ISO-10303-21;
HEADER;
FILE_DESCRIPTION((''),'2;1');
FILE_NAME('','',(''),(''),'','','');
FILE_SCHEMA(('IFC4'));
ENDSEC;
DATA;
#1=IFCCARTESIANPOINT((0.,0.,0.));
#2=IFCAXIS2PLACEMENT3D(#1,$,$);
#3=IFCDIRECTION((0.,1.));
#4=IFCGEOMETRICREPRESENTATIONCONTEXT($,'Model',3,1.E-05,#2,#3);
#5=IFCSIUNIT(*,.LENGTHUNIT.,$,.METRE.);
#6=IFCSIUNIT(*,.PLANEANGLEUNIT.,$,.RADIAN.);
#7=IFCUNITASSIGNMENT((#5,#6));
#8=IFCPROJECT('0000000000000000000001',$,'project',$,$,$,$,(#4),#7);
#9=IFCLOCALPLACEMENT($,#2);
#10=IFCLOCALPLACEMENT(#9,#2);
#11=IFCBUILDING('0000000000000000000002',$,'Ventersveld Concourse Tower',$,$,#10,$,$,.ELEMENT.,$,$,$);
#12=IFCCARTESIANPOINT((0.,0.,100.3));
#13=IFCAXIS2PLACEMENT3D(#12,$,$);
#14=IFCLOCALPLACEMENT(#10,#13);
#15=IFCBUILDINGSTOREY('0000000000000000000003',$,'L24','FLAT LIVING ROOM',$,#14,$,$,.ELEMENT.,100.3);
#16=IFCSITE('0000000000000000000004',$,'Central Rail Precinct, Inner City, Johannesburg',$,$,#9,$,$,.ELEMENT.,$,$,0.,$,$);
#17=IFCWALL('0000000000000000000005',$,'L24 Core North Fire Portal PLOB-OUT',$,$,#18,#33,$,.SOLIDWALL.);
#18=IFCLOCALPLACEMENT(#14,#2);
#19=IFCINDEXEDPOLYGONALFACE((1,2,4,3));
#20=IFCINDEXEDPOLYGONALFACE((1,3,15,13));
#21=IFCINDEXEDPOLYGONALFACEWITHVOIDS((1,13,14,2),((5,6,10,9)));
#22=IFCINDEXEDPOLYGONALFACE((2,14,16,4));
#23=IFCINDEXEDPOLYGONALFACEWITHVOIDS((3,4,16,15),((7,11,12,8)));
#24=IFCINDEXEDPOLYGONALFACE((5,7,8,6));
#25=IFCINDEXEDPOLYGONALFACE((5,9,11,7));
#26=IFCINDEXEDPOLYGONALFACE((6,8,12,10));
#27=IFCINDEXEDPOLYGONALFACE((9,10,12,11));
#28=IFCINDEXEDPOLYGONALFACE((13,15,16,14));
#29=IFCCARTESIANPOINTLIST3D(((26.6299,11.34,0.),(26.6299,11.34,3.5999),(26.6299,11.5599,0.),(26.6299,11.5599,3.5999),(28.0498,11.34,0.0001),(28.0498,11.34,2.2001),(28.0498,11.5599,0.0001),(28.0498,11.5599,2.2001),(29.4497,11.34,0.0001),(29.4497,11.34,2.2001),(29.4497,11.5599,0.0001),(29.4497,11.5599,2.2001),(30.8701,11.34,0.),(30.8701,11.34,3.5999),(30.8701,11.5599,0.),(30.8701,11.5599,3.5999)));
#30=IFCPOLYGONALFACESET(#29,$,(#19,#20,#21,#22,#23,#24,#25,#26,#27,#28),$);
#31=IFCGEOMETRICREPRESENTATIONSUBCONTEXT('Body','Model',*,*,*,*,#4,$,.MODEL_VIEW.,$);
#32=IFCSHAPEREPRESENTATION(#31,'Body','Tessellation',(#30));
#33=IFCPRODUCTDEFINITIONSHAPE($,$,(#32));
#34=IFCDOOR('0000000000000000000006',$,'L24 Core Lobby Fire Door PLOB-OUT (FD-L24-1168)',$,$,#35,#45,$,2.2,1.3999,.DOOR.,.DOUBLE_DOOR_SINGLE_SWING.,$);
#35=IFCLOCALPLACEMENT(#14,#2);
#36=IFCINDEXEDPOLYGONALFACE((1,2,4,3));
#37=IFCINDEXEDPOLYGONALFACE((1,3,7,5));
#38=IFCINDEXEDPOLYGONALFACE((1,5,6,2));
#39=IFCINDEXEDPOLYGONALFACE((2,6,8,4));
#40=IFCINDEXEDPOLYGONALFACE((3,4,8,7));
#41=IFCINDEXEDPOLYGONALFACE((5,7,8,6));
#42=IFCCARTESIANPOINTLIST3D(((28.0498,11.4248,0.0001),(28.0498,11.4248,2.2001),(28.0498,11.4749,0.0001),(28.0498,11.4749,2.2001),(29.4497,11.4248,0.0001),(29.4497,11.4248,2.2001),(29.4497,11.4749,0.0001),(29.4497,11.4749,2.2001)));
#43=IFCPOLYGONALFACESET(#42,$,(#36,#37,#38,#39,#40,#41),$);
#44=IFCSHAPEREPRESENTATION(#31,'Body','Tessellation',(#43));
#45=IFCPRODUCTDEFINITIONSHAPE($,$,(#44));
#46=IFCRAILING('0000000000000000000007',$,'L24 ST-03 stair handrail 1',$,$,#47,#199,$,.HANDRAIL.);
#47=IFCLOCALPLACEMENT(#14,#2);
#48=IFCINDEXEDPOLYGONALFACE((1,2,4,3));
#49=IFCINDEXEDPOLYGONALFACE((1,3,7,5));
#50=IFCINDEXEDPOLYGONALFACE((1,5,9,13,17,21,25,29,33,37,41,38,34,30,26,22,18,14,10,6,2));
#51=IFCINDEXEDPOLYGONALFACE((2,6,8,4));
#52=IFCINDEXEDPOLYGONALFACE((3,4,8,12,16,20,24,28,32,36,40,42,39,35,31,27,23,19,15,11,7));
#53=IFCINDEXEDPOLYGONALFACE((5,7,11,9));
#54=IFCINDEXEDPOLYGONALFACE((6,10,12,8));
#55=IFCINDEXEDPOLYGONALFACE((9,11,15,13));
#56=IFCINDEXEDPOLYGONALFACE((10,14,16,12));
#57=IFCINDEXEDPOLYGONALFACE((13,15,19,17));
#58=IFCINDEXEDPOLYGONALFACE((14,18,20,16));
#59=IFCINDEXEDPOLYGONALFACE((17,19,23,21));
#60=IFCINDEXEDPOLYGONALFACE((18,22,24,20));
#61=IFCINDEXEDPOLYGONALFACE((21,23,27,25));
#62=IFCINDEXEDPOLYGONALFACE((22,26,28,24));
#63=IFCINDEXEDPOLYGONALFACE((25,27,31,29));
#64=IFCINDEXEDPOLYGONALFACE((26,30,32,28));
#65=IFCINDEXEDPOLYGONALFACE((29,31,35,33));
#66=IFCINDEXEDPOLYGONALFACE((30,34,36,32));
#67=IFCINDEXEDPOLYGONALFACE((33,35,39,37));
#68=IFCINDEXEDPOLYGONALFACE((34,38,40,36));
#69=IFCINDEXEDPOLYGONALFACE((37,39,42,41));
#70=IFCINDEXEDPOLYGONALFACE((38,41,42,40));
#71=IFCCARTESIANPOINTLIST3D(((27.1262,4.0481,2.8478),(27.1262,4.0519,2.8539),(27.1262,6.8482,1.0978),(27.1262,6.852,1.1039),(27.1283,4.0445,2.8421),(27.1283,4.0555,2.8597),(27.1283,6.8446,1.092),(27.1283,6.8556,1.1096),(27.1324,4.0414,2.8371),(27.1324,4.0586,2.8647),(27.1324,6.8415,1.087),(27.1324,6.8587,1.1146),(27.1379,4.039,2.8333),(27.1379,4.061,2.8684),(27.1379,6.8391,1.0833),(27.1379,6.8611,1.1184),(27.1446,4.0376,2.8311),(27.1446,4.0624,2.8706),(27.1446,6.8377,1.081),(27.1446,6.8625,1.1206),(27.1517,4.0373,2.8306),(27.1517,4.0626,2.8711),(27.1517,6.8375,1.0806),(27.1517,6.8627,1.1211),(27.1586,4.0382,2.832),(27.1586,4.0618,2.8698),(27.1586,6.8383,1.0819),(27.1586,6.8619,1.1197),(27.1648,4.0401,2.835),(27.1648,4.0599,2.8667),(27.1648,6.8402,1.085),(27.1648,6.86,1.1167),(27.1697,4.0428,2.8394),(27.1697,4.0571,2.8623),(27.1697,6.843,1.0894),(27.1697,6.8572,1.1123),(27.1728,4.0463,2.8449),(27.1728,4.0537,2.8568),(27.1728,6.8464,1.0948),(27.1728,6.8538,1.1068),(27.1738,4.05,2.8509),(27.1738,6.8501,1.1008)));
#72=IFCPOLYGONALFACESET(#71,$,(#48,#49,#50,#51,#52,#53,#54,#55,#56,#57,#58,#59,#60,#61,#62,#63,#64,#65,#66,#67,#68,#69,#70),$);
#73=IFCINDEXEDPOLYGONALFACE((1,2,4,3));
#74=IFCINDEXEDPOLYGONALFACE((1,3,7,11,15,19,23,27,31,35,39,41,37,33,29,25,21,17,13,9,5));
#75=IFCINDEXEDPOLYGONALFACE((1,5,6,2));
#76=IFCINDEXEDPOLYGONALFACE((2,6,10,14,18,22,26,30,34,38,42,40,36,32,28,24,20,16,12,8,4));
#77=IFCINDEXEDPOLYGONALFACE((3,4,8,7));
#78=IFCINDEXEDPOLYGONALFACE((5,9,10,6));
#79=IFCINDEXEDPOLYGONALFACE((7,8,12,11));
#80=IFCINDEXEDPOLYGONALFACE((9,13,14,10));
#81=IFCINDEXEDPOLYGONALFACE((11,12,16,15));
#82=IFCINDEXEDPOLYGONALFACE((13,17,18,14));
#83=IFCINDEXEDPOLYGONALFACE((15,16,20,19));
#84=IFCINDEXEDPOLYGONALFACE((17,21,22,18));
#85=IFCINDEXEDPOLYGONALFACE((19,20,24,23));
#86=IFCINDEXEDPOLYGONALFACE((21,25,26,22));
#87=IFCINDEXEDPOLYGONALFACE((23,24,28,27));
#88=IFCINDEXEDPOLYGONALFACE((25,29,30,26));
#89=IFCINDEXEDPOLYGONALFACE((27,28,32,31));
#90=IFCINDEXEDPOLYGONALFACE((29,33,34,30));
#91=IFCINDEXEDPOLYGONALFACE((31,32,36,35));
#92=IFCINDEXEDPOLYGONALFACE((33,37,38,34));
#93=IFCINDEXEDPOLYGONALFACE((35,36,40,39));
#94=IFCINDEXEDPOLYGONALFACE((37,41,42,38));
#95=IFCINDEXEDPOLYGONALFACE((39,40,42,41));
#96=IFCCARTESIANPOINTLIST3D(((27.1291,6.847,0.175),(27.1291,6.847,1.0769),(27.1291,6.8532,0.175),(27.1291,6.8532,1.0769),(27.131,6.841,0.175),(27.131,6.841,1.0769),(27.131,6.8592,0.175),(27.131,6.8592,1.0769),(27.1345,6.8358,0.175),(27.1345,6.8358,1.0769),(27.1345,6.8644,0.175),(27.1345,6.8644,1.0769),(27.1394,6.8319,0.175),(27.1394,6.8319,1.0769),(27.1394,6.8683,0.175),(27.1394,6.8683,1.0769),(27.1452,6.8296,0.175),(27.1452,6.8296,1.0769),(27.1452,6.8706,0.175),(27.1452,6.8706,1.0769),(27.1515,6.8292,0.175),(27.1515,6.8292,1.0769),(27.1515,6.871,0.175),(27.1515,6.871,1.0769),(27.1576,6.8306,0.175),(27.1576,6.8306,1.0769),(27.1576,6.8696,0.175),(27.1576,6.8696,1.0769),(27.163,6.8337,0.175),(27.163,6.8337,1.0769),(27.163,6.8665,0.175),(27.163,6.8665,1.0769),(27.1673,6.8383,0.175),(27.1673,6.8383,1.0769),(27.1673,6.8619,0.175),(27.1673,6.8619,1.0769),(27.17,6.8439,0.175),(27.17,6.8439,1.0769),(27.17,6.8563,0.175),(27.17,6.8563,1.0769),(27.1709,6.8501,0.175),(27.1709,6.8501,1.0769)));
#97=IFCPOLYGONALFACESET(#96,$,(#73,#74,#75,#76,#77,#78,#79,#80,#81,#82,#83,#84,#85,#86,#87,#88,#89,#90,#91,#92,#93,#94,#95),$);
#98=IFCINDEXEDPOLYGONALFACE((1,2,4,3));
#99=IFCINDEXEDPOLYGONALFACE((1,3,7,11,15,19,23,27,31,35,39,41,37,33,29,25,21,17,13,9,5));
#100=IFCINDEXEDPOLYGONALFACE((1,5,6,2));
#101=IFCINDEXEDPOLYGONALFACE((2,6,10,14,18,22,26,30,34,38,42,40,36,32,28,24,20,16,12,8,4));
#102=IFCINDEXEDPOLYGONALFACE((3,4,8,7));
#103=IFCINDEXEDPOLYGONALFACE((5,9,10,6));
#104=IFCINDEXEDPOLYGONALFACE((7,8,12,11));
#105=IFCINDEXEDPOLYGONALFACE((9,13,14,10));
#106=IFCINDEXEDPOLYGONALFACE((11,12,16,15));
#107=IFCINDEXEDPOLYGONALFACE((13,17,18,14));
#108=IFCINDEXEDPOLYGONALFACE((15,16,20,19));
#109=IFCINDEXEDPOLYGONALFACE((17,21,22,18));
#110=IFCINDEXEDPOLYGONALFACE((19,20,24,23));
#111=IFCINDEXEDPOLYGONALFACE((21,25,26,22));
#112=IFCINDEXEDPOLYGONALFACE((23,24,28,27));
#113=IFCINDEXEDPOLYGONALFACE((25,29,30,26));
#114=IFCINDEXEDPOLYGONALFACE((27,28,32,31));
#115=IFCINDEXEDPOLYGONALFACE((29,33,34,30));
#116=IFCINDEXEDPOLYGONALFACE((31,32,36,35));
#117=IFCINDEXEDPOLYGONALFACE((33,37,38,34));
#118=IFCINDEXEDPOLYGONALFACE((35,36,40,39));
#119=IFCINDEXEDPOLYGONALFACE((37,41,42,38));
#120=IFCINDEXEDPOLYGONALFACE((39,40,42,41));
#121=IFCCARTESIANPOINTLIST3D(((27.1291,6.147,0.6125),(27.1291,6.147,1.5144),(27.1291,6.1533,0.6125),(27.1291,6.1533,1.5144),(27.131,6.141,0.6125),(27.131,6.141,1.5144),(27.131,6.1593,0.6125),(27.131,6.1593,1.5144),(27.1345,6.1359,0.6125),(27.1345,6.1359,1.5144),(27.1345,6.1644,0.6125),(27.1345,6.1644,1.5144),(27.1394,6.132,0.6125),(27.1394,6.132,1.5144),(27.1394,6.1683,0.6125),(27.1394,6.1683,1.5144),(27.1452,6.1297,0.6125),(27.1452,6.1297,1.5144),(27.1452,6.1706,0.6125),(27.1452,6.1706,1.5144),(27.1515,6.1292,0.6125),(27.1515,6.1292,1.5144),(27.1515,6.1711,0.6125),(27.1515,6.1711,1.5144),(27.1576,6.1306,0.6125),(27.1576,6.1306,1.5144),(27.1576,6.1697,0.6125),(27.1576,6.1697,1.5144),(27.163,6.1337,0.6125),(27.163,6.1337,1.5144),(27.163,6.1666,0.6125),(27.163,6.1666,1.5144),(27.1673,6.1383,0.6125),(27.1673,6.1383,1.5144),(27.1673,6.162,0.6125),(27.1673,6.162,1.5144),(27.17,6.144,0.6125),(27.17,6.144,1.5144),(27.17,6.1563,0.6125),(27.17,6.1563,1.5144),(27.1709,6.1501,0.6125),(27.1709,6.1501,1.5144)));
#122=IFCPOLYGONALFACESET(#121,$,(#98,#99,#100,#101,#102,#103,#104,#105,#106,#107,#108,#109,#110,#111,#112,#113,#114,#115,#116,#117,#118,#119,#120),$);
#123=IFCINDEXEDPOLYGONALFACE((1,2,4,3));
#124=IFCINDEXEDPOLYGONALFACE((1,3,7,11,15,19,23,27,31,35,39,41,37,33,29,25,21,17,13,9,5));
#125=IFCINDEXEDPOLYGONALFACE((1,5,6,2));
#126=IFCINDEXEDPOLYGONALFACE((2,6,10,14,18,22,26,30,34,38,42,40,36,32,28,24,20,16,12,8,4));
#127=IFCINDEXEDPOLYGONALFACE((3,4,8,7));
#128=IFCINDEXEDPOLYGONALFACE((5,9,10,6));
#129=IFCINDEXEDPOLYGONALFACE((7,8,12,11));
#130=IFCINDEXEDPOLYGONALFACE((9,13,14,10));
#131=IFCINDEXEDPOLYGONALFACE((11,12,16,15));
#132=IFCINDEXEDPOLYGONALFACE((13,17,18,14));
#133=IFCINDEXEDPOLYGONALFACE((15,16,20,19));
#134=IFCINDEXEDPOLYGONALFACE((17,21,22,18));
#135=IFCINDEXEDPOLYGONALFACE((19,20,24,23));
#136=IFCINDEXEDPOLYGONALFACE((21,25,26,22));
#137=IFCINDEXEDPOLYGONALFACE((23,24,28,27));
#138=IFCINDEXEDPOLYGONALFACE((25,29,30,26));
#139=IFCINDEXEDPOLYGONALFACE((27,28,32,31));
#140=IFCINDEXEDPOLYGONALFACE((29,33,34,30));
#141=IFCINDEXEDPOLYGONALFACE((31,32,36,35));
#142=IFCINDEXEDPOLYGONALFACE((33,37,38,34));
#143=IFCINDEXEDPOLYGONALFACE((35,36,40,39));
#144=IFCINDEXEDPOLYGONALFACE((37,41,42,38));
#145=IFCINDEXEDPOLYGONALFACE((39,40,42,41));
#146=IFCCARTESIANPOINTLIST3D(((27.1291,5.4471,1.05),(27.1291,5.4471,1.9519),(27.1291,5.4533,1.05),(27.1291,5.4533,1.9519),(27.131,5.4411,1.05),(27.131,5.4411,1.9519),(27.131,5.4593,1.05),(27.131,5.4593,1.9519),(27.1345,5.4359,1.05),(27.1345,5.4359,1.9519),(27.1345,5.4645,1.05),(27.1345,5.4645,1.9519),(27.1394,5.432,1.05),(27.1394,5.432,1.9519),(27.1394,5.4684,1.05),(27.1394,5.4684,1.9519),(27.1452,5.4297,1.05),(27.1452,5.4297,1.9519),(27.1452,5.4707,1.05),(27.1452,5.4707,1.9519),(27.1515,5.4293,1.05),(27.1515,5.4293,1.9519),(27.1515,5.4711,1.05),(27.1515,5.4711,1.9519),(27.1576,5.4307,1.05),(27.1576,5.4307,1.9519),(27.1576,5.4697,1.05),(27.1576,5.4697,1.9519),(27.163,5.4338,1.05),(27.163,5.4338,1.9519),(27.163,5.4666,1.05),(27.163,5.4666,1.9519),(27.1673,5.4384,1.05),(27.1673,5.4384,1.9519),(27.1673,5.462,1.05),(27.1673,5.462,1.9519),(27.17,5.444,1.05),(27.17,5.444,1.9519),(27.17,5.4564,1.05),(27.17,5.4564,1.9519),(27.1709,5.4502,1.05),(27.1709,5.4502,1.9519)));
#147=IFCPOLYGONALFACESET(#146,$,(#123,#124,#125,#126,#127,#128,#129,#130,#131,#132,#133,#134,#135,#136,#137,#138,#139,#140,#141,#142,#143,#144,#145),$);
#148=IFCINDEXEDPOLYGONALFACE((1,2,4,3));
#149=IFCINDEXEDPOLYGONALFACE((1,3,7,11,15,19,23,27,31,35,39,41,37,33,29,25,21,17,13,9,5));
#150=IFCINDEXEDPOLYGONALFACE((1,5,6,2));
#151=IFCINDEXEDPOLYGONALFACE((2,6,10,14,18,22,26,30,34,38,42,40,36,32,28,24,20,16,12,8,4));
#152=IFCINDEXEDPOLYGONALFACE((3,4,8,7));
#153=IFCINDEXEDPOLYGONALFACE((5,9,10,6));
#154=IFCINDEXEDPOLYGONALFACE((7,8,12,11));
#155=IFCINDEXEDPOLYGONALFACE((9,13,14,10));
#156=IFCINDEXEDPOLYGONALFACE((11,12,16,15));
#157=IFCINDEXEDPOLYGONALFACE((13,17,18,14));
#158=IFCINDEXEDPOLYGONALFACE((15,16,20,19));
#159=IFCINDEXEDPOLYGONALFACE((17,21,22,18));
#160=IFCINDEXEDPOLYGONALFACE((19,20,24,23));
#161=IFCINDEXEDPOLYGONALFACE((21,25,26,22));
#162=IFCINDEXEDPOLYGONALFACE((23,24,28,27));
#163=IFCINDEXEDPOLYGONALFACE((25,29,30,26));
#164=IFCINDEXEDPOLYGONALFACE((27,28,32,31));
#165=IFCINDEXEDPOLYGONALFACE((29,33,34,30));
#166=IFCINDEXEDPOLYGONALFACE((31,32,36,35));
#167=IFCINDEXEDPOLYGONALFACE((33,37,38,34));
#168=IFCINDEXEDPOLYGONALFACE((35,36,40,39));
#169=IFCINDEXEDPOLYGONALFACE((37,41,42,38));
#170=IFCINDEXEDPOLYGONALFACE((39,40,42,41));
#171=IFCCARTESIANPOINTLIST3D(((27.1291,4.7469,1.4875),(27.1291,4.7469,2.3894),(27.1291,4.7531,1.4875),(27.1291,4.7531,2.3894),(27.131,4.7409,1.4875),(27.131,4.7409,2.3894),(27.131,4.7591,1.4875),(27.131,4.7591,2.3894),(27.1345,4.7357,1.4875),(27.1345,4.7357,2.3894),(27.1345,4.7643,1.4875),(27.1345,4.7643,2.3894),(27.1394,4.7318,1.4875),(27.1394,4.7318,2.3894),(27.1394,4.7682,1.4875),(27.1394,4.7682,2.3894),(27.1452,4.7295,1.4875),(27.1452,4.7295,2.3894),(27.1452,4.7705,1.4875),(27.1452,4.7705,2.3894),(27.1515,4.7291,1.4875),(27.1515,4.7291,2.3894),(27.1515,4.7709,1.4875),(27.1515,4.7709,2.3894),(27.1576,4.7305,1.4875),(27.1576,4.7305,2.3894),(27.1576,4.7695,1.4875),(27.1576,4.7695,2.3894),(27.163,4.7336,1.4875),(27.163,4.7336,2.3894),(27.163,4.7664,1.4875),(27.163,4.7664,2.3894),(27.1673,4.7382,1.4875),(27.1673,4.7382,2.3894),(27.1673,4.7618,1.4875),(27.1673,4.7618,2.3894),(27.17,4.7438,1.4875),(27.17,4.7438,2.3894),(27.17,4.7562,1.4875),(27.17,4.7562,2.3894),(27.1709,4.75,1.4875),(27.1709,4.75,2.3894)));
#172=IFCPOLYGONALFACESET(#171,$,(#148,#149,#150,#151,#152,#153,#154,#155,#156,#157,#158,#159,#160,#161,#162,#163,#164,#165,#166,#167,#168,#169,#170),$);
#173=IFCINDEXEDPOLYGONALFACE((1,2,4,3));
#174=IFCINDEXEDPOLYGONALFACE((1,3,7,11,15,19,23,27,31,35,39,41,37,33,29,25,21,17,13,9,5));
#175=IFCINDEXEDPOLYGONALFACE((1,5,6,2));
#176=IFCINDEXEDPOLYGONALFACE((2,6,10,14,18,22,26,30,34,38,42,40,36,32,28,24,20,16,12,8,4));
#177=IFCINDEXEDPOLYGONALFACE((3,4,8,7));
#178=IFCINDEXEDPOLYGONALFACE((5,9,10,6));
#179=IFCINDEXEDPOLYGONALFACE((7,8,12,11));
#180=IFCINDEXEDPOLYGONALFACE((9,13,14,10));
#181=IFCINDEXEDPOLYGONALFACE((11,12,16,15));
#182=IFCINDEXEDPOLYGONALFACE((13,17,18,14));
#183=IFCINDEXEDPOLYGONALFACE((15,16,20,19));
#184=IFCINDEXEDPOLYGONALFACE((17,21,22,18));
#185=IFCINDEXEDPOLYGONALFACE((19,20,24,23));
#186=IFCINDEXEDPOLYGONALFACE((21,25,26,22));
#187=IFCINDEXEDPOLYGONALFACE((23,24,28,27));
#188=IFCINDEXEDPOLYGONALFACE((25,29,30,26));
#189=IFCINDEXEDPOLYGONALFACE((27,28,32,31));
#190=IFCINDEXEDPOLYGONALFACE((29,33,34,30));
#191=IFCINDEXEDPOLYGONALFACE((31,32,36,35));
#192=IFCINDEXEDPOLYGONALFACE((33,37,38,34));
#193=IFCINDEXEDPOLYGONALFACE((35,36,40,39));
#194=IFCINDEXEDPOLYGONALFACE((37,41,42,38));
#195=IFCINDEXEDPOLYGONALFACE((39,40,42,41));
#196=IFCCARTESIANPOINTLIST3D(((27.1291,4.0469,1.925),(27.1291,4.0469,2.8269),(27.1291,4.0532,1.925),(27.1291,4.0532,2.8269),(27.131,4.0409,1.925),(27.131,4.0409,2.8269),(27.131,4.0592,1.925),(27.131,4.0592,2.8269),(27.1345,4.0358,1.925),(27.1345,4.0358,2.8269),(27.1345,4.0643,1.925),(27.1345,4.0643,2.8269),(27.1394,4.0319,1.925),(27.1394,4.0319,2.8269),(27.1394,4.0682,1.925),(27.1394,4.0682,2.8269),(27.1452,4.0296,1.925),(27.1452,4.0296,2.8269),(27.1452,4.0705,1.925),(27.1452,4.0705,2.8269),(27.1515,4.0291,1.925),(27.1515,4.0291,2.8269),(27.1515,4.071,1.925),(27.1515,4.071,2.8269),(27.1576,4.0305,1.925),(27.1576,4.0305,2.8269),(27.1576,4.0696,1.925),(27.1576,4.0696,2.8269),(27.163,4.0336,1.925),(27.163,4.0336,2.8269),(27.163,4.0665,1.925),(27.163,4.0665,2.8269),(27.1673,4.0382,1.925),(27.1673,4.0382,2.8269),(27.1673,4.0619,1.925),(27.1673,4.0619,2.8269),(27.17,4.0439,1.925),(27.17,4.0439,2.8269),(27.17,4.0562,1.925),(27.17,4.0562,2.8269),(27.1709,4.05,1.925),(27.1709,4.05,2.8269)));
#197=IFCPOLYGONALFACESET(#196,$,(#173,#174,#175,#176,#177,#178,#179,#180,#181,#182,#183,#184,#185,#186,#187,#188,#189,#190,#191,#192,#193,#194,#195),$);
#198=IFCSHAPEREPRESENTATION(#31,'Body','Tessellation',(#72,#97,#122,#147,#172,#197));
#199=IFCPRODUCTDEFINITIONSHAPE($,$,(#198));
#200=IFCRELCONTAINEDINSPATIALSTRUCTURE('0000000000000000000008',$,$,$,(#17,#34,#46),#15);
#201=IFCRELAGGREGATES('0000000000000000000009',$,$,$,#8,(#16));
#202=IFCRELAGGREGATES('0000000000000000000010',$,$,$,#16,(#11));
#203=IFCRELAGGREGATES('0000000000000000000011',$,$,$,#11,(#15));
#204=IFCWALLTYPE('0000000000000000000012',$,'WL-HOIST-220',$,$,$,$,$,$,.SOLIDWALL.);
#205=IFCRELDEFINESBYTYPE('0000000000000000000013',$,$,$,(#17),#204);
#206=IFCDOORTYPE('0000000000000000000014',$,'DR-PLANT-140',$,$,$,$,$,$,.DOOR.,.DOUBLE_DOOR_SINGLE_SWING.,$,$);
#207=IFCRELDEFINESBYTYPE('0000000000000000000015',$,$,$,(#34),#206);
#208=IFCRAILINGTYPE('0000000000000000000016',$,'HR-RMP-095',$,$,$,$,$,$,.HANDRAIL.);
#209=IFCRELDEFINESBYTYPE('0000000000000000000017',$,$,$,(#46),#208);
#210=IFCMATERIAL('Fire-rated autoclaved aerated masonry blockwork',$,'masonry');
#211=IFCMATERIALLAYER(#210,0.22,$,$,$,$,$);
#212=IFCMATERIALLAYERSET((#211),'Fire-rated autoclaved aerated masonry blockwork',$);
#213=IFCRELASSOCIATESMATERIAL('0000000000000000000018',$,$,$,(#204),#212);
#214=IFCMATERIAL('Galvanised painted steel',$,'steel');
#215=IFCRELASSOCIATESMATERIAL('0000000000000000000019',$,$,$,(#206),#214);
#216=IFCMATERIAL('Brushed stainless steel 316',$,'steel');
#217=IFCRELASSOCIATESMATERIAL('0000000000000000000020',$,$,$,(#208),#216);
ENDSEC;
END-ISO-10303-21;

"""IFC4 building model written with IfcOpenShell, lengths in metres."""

from ifc_helpers import new_model, si_unit, direction, frame, frame_2d, origin, origin_2d, place, context, subcontext, project, spatial, rectangle, circle, extrude, material, layer, layer_set, type_object, element, fill, save


model = new_model("IFC4")

# Units and contexts
model_context = context("Model", 3, precision=1e-05, world=origin(), true_north=direction((0.0, 1.0)))
body_context = subcontext(model_context, "Body", "Model", "MODEL_VIEW")
ifc_project = project(units=[si_unit("LENGTHUNIT", "METRE"), si_unit("PLANEANGLEUNIT", "RADIAN")], contexts=[model_context])

# Site, building, storey
site_placement = place(None, origin())
site = spatial("IfcSite", under=ifc_project, at=site_placement, Name="Central Rail Precinct, Inner City, Johannesburg", CompositionType="ELEMENT", RefElevation=0.0)
building_placement = place(site_placement, origin())
building = spatial("IfcBuilding", under=site, at=building_placement, Name="Ventersveld Concourse Tower", CompositionType="ELEMENT")
storey_placement = place(building_placement, frame((0.0, 0.0, 100.3)))
storey = spatial("IfcBuildingStorey", under=building, at=storey_placement, Name="L24", Description="FLAT LIVING ROOM", CompositionType="ELEMENT", Elevation=100.3)

# Shared definitions
ifc_material_1 = material(Name="Fire-rated autoclaved aerated masonry blockwork", Category="masonry")
ifc_layer_1 = layer(ifc_material_1, 0.22)
ifc_layer_set_1 = layer_set([ifc_layer_1], Name="Fire-rated autoclaved aerated masonry blockwork")
wall_type_1 = type_object("IfcWallType", Name="WL-HOIST-220", PredefinedType="SOLIDWALL", material=ifc_layer_set_1)

# Shared definitions
ifc_material_2 = material(Name="Brushed stainless steel 316", Category="steel")

# Wall, opening, door
ifc_material_3 = material(Name="Galvanised painted steel", Category="steel")
wall_1_placement = place(storey_placement, frame((26.6299, 11.45, 0.0), z_axis=(0.0, 0.0, 1.0), x_axis=(1.0, 0.0, 0.0)))
wall_1 = element("IfcWall", 1, at=wall_1_placement, inside=storey, type_object=wall_type_1, Name="L24 Core North Fire Portal PLOB-OUT", PredefinedType="SOLIDWALL", context=body_context, shape_type="SweptSolid", body=[
    extrude(rectangle(XDim=4.2402, YDim=0.22, at=frame_2d((2.1201, 0.0))), origin(), (0.0, 0.0, 1.0), 3.5999),
])
opening_1_placement = place(wall_1_placement, frame((1.4199, 0.0, 0.0)))
opening_1 = element("IfcOpeningElement", 2, at=opening_1_placement, cuts=wall_1, PredefinedType="OPENING", context=body_context, shape_type="SweptSolid", body=[
    extrude(rectangle(XDim=1.3999, YDim=2.2, at=frame_2d((0.7, 1.1001))), frame((0.0, 0.1201, 0.0), z_axis=(0.0, -1.0, 0.0), x_axis=(1.0, 0.0, 0.0)), (0.0, 0.0, 1.0), 0.24),
])
door_type_1 = type_object("IfcDoorType", Name="DR-PLANT-140", OperationType="DOUBLE_DOOR_SINGLE_SWING", PredefinedType="DOOR", material=ifc_material_3)
door_1_placement = place(opening_1_placement, origin())
door_1 = element("IfcDoor", 3, at=door_1_placement, inside=storey, type_object=door_type_1, Name="L24 Core Lobby Fire Door PLOB-OUT (FD-L24-1168)", OperationType="DOUBLE_DOOR_SINGLE_SWING", OverallHeight=2.2, OverallWidth=1.3999, PredefinedType="DOOR", context=body_context, shape_type="SweptSolid", body=[
    extrude(rectangle(XDim=1.3999, YDim=2.2, at=frame_2d((0.7, 1.1001))), frame((0.0, 0.0249, 0.0), z_axis=(0.0, -1.0, 0.0), x_axis=(1.0, 0.0, 0.0)), (0.0, 0.0, 1.0), 0.05),
])
fill(opening_1, door_1)

# Railing
railing_type = type_object("IfcRailingType", Name="HR-RMP-095", PredefinedType="HANDRAIL", material=ifc_material_2)
railing_placement = place(storey_placement, frame((27.1499, 6.8501, 0.175)))
element("IfcRailing", 4, at=railing_placement, inside=storey, type_object=railing_type, Name="L24 ST-03 stair handrail 1", PredefinedType="HANDRAIL", context=body_context, shape_type="SweptSolid", body=[
    extrude(circle(Radius=0.0239, at=origin_2d()), frame((0.0, 0.0, 0.9258), z_axis=(0.0, -0.848002, 0.529992), x_axis=(1.0, 0.0, 0.0)), (0.0, 0.0, 1.0), 3.302),
    extrude(circle(Radius=0.021, at=origin_2d()), origin(), (0.0, 0.0, 1.0), 0.9019),
    extrude(circle(Radius=0.021, at=origin_2d()), frame((0.0, -0.7, 0.4375)), (0.0, 0.0, 1.0), 0.9019),
    extrude(circle(Radius=0.021, at=origin_2d()), frame((0.0, -1.3999, 0.875)), (0.0, 0.0, 1.0), 0.9019),
    extrude(circle(Radius=0.021, at=origin_2d()), frame((0.0, -2.1001, 1.3125)), (0.0, 0.0, 1.0), 0.9019),
    extrude(circle(Radius=0.021, at=origin_2d()), frame((0.0, -2.8, 1.75)), (0.0, 0.0, 1.0), 0.9019),
])

save(model, "model.ifc")
